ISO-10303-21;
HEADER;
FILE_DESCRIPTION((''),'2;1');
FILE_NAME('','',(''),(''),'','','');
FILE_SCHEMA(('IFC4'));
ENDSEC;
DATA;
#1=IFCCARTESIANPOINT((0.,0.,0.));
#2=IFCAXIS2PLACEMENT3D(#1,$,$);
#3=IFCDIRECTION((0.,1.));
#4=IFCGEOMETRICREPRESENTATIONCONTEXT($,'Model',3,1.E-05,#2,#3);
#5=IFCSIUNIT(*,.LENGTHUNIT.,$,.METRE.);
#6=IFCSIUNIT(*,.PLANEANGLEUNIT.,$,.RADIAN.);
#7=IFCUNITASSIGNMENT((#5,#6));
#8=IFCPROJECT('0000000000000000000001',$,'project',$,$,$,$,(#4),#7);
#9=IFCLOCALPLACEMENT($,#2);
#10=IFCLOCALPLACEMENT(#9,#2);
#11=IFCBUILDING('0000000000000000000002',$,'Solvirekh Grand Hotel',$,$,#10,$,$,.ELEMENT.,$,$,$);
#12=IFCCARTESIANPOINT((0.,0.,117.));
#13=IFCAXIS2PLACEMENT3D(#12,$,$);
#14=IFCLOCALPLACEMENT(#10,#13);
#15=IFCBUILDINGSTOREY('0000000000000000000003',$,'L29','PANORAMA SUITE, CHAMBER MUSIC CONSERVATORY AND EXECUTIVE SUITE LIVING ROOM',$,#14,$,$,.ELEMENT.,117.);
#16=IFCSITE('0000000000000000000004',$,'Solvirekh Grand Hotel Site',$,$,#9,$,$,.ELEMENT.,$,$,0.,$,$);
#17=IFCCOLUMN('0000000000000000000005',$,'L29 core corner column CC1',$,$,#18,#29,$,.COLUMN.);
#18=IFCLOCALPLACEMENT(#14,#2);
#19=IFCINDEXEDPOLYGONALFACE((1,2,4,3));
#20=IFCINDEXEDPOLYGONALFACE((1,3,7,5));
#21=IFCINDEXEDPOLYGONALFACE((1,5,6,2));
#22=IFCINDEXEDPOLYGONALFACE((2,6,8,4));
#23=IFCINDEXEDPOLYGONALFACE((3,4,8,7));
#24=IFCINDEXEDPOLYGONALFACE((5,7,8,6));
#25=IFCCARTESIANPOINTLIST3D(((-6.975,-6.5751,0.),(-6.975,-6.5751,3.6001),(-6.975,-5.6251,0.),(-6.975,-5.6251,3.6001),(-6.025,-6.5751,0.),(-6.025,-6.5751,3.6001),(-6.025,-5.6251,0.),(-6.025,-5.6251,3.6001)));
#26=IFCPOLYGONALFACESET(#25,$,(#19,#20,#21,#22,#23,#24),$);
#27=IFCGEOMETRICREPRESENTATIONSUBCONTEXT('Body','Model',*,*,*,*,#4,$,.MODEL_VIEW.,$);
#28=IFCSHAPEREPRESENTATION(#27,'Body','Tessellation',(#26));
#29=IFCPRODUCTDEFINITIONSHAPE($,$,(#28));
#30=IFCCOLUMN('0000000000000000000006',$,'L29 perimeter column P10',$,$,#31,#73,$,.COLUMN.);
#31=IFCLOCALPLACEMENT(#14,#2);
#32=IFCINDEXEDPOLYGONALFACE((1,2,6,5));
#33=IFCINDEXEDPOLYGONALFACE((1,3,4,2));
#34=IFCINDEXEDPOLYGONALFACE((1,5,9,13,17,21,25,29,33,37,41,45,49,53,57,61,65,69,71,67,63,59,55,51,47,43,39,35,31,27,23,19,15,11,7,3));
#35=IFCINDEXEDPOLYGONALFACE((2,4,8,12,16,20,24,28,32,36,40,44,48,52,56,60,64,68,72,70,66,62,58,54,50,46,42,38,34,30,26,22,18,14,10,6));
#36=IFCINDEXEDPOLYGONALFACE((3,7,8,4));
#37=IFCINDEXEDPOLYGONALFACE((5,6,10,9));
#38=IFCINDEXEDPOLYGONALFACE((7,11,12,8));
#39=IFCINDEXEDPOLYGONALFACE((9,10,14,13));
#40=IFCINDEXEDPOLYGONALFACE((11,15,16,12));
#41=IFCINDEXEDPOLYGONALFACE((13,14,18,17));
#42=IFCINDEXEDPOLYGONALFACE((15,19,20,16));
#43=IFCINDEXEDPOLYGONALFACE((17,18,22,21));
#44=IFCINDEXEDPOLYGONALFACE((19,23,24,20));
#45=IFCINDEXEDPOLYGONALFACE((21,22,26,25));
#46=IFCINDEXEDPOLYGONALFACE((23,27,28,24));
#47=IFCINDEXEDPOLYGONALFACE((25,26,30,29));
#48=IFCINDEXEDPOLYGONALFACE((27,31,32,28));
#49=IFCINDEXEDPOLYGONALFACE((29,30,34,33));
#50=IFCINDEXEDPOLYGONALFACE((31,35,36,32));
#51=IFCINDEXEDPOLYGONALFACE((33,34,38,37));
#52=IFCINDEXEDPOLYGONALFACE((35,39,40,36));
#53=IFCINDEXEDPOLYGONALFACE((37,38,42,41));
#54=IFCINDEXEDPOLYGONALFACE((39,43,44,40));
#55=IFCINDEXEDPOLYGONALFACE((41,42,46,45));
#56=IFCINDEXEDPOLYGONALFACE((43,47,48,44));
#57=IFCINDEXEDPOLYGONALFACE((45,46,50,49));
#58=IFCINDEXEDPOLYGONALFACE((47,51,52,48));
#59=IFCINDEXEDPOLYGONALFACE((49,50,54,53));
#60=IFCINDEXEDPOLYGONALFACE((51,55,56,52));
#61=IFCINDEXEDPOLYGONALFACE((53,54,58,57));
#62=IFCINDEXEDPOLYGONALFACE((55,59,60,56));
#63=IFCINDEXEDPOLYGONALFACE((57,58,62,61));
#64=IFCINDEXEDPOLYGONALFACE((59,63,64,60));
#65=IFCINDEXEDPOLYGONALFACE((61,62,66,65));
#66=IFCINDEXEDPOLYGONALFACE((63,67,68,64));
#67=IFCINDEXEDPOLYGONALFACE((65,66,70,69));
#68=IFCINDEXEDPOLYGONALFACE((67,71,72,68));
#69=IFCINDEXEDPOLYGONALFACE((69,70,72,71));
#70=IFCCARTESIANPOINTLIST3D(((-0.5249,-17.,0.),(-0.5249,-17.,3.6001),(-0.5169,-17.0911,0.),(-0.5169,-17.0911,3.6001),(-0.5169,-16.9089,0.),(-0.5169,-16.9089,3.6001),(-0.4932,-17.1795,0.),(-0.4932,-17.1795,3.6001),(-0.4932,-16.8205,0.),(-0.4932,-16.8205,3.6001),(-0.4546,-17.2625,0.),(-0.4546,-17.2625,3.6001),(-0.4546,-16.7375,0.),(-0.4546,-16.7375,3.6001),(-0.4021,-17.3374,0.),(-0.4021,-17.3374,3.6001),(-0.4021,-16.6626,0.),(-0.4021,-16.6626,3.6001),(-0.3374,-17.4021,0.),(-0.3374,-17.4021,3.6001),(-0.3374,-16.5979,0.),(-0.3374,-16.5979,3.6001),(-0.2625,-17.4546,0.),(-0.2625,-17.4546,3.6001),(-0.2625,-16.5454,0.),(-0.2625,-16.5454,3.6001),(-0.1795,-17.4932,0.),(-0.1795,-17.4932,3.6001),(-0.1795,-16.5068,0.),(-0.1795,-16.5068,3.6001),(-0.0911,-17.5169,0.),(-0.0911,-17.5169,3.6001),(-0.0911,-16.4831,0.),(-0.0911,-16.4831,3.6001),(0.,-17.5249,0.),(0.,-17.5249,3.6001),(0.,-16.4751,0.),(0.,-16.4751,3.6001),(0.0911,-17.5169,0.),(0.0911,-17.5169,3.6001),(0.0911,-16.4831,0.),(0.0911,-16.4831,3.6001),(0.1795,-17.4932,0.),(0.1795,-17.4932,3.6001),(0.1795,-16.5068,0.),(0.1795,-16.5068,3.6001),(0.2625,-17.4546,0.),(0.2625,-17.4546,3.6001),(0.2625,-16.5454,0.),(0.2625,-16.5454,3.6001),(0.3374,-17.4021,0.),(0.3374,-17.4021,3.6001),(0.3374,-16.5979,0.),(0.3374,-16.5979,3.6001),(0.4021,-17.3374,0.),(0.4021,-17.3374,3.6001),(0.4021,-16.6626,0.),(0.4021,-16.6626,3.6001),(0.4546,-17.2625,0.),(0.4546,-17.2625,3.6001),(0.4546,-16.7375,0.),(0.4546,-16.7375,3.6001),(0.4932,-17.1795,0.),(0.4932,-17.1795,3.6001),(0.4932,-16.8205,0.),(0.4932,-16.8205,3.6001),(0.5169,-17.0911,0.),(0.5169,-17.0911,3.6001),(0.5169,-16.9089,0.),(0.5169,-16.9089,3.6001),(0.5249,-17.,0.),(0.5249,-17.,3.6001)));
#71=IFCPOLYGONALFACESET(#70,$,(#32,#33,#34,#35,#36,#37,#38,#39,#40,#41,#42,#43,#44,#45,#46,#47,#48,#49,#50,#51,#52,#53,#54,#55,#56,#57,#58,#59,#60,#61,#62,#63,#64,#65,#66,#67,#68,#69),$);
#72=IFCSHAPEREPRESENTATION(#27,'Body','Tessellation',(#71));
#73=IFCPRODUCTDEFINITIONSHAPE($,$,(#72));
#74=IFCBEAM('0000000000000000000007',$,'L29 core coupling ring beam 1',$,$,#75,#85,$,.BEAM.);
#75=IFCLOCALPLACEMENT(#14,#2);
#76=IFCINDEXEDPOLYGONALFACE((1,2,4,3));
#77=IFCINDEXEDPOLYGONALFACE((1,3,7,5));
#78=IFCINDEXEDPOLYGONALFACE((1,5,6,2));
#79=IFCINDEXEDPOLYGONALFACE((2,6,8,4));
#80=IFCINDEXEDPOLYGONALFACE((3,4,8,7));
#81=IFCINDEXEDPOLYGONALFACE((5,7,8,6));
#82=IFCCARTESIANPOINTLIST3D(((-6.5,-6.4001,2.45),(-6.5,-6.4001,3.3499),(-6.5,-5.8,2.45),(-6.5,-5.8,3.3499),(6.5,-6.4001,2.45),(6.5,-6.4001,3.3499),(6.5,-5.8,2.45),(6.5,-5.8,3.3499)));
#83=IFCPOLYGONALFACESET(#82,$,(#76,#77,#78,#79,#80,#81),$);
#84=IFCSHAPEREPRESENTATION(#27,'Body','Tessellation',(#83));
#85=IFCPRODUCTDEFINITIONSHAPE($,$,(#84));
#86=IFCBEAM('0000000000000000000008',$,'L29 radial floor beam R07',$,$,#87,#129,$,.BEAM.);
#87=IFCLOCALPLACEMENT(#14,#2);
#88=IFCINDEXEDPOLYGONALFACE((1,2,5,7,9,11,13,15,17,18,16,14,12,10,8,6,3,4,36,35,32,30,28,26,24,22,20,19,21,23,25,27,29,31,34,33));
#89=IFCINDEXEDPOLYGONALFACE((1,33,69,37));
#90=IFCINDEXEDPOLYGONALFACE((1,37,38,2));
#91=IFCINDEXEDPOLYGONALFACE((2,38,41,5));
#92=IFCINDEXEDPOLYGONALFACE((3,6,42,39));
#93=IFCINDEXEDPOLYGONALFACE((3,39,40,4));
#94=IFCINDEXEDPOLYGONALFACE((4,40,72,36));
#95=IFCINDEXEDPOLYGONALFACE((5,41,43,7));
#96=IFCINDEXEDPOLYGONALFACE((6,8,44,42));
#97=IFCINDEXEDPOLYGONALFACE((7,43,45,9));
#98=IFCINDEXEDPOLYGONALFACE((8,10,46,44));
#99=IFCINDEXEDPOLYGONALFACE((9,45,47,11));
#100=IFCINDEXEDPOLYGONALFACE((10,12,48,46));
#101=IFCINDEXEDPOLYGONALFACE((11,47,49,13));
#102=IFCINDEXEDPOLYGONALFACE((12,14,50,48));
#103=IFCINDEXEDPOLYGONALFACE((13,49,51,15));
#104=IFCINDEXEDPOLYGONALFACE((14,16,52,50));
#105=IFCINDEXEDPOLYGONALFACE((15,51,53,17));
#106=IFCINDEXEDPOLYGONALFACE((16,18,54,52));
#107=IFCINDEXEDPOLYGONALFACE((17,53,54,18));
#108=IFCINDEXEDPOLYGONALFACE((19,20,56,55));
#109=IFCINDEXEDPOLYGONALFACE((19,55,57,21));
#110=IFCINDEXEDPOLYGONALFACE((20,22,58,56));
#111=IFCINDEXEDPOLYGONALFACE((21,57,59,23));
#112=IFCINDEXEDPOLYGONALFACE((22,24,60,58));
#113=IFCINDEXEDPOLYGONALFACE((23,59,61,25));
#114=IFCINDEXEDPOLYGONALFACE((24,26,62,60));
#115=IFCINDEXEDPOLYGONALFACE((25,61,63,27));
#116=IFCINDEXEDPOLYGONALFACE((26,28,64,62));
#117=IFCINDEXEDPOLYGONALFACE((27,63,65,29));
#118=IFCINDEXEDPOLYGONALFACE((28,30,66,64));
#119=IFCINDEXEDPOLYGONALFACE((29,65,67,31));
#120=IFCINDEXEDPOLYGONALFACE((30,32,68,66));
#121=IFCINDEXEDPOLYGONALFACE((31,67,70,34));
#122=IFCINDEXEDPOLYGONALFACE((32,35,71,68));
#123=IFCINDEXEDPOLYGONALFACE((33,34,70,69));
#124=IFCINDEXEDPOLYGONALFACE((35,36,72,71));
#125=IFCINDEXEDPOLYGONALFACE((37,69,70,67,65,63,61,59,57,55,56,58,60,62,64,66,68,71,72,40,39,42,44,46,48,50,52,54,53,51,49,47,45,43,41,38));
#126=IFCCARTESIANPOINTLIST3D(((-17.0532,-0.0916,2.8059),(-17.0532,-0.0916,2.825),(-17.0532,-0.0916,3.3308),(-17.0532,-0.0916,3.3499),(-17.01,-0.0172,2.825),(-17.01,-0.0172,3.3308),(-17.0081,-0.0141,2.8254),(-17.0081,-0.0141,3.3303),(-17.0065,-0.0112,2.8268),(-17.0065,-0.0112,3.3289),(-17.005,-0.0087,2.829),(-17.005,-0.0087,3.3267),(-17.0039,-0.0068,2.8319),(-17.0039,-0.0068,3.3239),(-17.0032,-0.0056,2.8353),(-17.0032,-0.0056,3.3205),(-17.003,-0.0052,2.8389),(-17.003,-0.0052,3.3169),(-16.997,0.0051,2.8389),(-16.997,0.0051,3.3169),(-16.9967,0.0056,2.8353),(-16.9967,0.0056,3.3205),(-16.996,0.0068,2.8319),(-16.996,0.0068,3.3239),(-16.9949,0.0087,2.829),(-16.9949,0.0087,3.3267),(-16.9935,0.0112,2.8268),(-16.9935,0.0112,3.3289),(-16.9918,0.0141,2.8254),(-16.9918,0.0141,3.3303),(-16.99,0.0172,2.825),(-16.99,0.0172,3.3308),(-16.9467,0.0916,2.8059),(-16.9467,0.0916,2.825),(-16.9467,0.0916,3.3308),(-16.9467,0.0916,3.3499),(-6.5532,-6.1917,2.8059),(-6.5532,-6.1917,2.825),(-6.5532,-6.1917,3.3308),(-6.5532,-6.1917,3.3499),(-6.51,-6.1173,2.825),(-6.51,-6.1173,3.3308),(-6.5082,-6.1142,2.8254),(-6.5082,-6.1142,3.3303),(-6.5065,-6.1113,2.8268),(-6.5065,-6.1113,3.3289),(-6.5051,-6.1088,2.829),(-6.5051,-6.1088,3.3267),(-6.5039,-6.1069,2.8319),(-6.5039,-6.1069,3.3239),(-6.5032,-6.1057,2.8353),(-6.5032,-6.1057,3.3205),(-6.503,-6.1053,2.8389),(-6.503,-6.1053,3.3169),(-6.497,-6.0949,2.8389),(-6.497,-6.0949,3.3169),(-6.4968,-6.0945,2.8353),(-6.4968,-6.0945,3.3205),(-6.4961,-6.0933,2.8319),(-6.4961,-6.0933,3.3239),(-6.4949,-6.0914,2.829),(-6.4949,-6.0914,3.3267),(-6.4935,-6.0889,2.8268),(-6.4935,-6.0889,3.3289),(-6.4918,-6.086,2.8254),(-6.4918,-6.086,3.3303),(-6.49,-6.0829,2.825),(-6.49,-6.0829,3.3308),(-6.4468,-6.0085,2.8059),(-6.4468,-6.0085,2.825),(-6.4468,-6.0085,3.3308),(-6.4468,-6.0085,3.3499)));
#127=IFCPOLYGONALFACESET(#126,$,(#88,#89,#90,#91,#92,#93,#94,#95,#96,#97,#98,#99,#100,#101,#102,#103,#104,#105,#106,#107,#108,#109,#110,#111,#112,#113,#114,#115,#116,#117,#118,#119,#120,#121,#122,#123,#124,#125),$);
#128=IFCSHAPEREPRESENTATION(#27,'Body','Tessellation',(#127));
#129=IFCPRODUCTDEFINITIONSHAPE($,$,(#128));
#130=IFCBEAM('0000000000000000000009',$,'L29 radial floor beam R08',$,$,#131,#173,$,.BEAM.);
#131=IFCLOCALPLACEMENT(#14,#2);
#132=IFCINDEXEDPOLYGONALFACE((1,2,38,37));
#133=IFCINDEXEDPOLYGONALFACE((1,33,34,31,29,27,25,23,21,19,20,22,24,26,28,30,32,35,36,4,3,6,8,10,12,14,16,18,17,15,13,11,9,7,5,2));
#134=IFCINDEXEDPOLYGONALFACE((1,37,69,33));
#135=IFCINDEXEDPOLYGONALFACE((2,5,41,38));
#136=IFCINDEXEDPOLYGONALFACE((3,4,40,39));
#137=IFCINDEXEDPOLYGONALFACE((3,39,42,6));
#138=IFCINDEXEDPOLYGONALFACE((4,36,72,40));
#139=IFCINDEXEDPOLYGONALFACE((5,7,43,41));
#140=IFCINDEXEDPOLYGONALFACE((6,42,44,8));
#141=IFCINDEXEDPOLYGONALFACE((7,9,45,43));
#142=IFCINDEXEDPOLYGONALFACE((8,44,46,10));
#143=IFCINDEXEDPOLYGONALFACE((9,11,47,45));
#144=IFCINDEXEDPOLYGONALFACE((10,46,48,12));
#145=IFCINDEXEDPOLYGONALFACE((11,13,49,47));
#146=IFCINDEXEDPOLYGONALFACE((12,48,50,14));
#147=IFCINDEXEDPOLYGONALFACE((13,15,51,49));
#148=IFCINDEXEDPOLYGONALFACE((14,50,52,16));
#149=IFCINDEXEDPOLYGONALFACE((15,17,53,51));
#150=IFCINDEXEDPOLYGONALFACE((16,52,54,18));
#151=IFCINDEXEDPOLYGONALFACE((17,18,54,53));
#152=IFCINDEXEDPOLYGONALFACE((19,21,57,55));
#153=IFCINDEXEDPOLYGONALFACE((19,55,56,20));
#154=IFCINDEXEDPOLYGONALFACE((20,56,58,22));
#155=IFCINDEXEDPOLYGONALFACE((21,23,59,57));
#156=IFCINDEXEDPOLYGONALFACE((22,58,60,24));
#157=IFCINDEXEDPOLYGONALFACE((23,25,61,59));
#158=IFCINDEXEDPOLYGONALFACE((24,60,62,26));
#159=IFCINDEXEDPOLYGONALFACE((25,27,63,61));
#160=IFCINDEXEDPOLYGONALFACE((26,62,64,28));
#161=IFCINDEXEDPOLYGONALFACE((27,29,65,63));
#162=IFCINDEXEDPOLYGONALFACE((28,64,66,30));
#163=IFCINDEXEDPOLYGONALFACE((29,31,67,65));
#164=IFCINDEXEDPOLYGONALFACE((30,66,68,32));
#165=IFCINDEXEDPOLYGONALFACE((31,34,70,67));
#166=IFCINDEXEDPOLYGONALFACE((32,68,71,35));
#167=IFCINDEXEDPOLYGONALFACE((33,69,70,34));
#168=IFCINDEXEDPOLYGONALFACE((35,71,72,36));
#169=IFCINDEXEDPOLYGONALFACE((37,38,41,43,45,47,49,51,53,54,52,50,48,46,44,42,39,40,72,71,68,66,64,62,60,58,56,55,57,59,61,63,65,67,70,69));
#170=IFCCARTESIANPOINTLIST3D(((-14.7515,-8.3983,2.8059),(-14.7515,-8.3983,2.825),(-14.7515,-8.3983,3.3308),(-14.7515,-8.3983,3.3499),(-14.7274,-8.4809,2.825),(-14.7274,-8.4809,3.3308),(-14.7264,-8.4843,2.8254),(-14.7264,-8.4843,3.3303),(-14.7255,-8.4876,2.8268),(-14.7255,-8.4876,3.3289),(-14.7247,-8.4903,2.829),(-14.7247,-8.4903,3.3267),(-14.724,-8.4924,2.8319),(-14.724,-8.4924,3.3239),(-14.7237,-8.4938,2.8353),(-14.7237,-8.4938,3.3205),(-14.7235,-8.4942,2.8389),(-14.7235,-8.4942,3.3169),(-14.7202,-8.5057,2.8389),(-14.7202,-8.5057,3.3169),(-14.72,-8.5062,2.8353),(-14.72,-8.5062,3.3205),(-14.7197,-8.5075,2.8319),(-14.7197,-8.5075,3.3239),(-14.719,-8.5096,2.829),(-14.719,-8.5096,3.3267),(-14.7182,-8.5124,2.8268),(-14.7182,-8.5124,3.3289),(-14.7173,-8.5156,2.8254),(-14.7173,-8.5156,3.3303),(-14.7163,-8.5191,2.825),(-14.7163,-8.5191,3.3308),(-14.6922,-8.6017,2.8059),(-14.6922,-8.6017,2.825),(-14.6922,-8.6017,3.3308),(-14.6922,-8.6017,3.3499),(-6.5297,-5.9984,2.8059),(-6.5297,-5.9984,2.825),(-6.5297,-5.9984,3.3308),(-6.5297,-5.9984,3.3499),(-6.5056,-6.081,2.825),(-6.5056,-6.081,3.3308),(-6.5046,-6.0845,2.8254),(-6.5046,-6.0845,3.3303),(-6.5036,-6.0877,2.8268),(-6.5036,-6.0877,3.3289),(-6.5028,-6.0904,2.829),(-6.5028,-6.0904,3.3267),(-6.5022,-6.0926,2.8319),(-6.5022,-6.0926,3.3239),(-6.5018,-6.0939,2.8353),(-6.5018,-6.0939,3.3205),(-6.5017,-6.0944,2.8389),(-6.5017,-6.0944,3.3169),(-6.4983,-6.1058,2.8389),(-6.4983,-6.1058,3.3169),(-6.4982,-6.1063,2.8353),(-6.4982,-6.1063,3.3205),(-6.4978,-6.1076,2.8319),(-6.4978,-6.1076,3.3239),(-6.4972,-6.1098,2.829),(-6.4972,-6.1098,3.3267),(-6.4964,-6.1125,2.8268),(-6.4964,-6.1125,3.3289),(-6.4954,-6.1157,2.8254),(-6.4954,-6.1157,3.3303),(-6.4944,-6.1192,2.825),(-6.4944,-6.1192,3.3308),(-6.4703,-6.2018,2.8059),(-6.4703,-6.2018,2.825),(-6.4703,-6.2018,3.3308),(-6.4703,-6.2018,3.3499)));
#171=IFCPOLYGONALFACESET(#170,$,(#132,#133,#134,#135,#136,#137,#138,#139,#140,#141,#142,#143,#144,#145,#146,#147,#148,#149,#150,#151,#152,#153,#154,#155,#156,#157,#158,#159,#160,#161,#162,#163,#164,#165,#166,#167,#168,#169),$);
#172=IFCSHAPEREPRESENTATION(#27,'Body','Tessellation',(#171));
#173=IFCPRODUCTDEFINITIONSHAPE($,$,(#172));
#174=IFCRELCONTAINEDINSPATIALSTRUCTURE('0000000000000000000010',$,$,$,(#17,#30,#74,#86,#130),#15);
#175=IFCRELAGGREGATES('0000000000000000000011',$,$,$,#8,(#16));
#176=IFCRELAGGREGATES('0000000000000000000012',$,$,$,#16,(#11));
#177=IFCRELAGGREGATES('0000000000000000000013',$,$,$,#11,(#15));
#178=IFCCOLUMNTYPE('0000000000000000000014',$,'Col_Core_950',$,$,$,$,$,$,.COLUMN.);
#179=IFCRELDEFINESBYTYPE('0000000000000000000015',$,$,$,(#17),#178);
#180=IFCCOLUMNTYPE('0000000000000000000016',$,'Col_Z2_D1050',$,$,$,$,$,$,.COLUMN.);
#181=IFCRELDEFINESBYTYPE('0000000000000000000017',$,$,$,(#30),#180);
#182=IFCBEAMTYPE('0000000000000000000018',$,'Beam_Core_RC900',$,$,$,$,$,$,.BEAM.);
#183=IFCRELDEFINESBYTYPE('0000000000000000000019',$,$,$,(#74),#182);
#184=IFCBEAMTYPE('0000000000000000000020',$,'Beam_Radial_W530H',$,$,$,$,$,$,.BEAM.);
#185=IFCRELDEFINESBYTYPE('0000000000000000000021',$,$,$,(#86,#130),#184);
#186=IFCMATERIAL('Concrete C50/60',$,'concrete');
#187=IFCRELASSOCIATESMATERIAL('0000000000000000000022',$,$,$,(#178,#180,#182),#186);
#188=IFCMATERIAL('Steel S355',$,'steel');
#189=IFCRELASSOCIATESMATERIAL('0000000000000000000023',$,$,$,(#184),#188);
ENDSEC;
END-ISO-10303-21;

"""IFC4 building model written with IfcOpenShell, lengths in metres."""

from ifc_helpers import new_model, si_unit, direction, frame, origin, origin_2d, place, context, subcontext, project, spatial, rectangle, circle, i_section, extrude, material, material_profile, profile_set, type_object, element, save


model = new_model("IFC4")

# Units and contexts
model_context = context("Model", 3, precision=1e-05, world=origin(), true_north=direction((0.0, 1.0)))
body_context = subcontext(model_context, "Body", "Model", "MODEL_VIEW")
ifc_project = project(units=[si_unit("LENGTHUNIT", "METRE"), si_unit("PLANEANGLEUNIT", "RADIAN")], contexts=[model_context])

# Site, building, storey
site_placement = place(None, origin())
site = spatial("IfcSite", under=ifc_project, at=site_placement, Name="Solvirekh Grand Hotel Site", CompositionType="ELEMENT", RefElevation=0.0)
building_placement = place(site_placement, origin())
building = spatial("IfcBuilding", under=site, at=building_placement, Name="Solvirekh Grand Hotel", CompositionType="ELEMENT")
storey_placement = place(building_placement, frame((0.0, 0.0, 117.0)))
storey = spatial("IfcBuildingStorey", under=building, at=storey_placement, Name="L29", Description="PANORAMA SUITE, CHAMBER MUSIC CONSERVATORY AND EXECUTIVE SUITE LIVING ROOM", CompositionType="ELEMENT", Elevation=117.0)

# Columns
ifc_material_1 = material(Name="Concrete C50/60", Category="concrete")
ifc_material_profile_1 = material_profile(ifc_material_1, rectangle(XDim=0.95, YDim=0.95, at=origin_2d()), Name="RC 950X950")
ifc_profile_set_1 = profile_set([ifc_material_profile_1], Name="Concrete C50/60")
column_type_1 = type_object("IfcColumnType", Name="Col_Core_950", PredefinedType="COLUMN", material=ifc_profile_set_1)
column_1_placement = place(storey_placement, frame((-6.5, -6.1001, 0.0), z_axis=(0.0, 0.0, 1.0), x_axis=(1.0, 0.0, 0.0)))
element("IfcColumn", 1, at=column_1_placement, inside=storey, type_object=column_type_1, Name="L29 core corner column CC1", PredefinedType="COLUMN", context=body_context, shape_type="SweptSolid", body=[
    extrude(rectangle(XDim=0.95, YDim=0.95, at=origin_2d()), origin(), (0.0, 0.0, 1.0), 3.6001),
])
ifc_material_profile_2 = material_profile(ifc_material_1, circle(Radius=0.5249, at=origin_2d()), Name="RC CIRC D1050")
ifc_profile_set_2 = profile_set([ifc_material_profile_2], Name="Concrete C50/60")
column_type_2 = type_object("IfcColumnType", Name="Col_Z2_D1050", PredefinedType="COLUMN", material=ifc_profile_set_2)
column_2_placement = place(storey_placement, frame((0.0, -17.0, 0.0), z_axis=(0.0, 0.0, 1.0), x_axis=(1.0, 0.0, 0.0)))
element("IfcColumn", 2, at=column_2_placement, inside=storey, type_object=column_type_2, Name="L29 perimeter column P10", PredefinedType="COLUMN", context=body_context, shape_type="SweptSolid", body=[
    extrude(circle(Radius=0.5249, at=origin_2d()), origin(), (0.0, 0.0, 1.0), 3.6001),
])

# Beams
ifc_material_profile_3 = material_profile(ifc_material_1, rectangle(XDim=0.6001, YDim=0.8999, at=origin_2d()), Name="RC BEAM 600X900")
ifc_profile_set_3 = profile_set([ifc_material_profile_3], Name="Concrete C50/60")
beam_type_1 = type_object("IfcBeamType", Name="Beam_Core_RC900", PredefinedType="BEAM", material=ifc_profile_set_3)
beam_1_placement = place(storey_placement, frame((-6.5, -6.1001, 2.8999), z_axis=(1.0, 0.0, 0.0), x_axis=(0.0, 1.0, 0.0)))
element("IfcBeam", 3, at=beam_1_placement, inside=storey, type_object=beam_type_1, Name="L29 core coupling ring beam 1", PredefinedType="BEAM", context=body_context, shape_type="SweptSolid", body=[
    extrude(rectangle(XDim=0.6001, YDim=0.8999, at=origin_2d()), origin(), (0.0, 0.0, 1.0), 13.0),
])
ifc_material_2 = material(Name="Steel S355", Category="steel")
ifc_material_profile_4 = material_profile(ifc_material_2, i_section(OverallWidth=0.2119, OverallDepth=0.5439, WebThickness=0.012, FlangeThickness=0.019, FilletRadius=0.0139, at=origin_2d()), Name="W530X123")
ifc_profile_set_4 = profile_set([ifc_material_profile_4], Name="Steel S355")
beam_type_2 = type_object("IfcBeamType", Name="Beam_Radial_W530H", PredefinedType="BEAM", material=ifc_profile_set_4)
beam_2_placement = place(storey_placement, frame((-6.5, -6.1001, 3.0779), z_axis=(-0.86467, 0.50234, 0.0), x_axis=(-0.50234, -0.86467, 0.0)))
element("IfcBeam", 4, at=beam_2_placement, inside=storey, type_object=beam_type_2, Name="L29 radial floor beam R07", PredefinedType="BEAM", context=body_context, shape_type="SweptSolid", body=[
    extrude(i_section(OverallWidth=0.2119, OverallDepth=0.5439, WebThickness=0.012, FlangeThickness=0.019, FilletRadius=0.0139, at=origin_2d()), origin(), (0.0, 0.0, 1.0), 12.1433),
])
beam_3_placement = place(storey_placement, frame((-6.5, -6.1001, 3.0779), z_axis=(-0.959942, -0.280198, 0.0), x_axis=(0.280198, -0.959942, 0.0)))
element("IfcBeam", 5, at=beam_3_placement, inside=storey, type_object=beam_type_2, Name="L29 radial floor beam R08", PredefinedType="BEAM", context=body_context, shape_type="SweptSolid", body=[
    extrude(i_section(OverallWidth=0.2119, OverallDepth=0.5439, WebThickness=0.012, FlangeThickness=0.019, FilletRadius=0.0139, at=origin_2d()), origin(), (0.0, 0.0, 1.0), 8.5649),
])

save(model, "model.ifc")
